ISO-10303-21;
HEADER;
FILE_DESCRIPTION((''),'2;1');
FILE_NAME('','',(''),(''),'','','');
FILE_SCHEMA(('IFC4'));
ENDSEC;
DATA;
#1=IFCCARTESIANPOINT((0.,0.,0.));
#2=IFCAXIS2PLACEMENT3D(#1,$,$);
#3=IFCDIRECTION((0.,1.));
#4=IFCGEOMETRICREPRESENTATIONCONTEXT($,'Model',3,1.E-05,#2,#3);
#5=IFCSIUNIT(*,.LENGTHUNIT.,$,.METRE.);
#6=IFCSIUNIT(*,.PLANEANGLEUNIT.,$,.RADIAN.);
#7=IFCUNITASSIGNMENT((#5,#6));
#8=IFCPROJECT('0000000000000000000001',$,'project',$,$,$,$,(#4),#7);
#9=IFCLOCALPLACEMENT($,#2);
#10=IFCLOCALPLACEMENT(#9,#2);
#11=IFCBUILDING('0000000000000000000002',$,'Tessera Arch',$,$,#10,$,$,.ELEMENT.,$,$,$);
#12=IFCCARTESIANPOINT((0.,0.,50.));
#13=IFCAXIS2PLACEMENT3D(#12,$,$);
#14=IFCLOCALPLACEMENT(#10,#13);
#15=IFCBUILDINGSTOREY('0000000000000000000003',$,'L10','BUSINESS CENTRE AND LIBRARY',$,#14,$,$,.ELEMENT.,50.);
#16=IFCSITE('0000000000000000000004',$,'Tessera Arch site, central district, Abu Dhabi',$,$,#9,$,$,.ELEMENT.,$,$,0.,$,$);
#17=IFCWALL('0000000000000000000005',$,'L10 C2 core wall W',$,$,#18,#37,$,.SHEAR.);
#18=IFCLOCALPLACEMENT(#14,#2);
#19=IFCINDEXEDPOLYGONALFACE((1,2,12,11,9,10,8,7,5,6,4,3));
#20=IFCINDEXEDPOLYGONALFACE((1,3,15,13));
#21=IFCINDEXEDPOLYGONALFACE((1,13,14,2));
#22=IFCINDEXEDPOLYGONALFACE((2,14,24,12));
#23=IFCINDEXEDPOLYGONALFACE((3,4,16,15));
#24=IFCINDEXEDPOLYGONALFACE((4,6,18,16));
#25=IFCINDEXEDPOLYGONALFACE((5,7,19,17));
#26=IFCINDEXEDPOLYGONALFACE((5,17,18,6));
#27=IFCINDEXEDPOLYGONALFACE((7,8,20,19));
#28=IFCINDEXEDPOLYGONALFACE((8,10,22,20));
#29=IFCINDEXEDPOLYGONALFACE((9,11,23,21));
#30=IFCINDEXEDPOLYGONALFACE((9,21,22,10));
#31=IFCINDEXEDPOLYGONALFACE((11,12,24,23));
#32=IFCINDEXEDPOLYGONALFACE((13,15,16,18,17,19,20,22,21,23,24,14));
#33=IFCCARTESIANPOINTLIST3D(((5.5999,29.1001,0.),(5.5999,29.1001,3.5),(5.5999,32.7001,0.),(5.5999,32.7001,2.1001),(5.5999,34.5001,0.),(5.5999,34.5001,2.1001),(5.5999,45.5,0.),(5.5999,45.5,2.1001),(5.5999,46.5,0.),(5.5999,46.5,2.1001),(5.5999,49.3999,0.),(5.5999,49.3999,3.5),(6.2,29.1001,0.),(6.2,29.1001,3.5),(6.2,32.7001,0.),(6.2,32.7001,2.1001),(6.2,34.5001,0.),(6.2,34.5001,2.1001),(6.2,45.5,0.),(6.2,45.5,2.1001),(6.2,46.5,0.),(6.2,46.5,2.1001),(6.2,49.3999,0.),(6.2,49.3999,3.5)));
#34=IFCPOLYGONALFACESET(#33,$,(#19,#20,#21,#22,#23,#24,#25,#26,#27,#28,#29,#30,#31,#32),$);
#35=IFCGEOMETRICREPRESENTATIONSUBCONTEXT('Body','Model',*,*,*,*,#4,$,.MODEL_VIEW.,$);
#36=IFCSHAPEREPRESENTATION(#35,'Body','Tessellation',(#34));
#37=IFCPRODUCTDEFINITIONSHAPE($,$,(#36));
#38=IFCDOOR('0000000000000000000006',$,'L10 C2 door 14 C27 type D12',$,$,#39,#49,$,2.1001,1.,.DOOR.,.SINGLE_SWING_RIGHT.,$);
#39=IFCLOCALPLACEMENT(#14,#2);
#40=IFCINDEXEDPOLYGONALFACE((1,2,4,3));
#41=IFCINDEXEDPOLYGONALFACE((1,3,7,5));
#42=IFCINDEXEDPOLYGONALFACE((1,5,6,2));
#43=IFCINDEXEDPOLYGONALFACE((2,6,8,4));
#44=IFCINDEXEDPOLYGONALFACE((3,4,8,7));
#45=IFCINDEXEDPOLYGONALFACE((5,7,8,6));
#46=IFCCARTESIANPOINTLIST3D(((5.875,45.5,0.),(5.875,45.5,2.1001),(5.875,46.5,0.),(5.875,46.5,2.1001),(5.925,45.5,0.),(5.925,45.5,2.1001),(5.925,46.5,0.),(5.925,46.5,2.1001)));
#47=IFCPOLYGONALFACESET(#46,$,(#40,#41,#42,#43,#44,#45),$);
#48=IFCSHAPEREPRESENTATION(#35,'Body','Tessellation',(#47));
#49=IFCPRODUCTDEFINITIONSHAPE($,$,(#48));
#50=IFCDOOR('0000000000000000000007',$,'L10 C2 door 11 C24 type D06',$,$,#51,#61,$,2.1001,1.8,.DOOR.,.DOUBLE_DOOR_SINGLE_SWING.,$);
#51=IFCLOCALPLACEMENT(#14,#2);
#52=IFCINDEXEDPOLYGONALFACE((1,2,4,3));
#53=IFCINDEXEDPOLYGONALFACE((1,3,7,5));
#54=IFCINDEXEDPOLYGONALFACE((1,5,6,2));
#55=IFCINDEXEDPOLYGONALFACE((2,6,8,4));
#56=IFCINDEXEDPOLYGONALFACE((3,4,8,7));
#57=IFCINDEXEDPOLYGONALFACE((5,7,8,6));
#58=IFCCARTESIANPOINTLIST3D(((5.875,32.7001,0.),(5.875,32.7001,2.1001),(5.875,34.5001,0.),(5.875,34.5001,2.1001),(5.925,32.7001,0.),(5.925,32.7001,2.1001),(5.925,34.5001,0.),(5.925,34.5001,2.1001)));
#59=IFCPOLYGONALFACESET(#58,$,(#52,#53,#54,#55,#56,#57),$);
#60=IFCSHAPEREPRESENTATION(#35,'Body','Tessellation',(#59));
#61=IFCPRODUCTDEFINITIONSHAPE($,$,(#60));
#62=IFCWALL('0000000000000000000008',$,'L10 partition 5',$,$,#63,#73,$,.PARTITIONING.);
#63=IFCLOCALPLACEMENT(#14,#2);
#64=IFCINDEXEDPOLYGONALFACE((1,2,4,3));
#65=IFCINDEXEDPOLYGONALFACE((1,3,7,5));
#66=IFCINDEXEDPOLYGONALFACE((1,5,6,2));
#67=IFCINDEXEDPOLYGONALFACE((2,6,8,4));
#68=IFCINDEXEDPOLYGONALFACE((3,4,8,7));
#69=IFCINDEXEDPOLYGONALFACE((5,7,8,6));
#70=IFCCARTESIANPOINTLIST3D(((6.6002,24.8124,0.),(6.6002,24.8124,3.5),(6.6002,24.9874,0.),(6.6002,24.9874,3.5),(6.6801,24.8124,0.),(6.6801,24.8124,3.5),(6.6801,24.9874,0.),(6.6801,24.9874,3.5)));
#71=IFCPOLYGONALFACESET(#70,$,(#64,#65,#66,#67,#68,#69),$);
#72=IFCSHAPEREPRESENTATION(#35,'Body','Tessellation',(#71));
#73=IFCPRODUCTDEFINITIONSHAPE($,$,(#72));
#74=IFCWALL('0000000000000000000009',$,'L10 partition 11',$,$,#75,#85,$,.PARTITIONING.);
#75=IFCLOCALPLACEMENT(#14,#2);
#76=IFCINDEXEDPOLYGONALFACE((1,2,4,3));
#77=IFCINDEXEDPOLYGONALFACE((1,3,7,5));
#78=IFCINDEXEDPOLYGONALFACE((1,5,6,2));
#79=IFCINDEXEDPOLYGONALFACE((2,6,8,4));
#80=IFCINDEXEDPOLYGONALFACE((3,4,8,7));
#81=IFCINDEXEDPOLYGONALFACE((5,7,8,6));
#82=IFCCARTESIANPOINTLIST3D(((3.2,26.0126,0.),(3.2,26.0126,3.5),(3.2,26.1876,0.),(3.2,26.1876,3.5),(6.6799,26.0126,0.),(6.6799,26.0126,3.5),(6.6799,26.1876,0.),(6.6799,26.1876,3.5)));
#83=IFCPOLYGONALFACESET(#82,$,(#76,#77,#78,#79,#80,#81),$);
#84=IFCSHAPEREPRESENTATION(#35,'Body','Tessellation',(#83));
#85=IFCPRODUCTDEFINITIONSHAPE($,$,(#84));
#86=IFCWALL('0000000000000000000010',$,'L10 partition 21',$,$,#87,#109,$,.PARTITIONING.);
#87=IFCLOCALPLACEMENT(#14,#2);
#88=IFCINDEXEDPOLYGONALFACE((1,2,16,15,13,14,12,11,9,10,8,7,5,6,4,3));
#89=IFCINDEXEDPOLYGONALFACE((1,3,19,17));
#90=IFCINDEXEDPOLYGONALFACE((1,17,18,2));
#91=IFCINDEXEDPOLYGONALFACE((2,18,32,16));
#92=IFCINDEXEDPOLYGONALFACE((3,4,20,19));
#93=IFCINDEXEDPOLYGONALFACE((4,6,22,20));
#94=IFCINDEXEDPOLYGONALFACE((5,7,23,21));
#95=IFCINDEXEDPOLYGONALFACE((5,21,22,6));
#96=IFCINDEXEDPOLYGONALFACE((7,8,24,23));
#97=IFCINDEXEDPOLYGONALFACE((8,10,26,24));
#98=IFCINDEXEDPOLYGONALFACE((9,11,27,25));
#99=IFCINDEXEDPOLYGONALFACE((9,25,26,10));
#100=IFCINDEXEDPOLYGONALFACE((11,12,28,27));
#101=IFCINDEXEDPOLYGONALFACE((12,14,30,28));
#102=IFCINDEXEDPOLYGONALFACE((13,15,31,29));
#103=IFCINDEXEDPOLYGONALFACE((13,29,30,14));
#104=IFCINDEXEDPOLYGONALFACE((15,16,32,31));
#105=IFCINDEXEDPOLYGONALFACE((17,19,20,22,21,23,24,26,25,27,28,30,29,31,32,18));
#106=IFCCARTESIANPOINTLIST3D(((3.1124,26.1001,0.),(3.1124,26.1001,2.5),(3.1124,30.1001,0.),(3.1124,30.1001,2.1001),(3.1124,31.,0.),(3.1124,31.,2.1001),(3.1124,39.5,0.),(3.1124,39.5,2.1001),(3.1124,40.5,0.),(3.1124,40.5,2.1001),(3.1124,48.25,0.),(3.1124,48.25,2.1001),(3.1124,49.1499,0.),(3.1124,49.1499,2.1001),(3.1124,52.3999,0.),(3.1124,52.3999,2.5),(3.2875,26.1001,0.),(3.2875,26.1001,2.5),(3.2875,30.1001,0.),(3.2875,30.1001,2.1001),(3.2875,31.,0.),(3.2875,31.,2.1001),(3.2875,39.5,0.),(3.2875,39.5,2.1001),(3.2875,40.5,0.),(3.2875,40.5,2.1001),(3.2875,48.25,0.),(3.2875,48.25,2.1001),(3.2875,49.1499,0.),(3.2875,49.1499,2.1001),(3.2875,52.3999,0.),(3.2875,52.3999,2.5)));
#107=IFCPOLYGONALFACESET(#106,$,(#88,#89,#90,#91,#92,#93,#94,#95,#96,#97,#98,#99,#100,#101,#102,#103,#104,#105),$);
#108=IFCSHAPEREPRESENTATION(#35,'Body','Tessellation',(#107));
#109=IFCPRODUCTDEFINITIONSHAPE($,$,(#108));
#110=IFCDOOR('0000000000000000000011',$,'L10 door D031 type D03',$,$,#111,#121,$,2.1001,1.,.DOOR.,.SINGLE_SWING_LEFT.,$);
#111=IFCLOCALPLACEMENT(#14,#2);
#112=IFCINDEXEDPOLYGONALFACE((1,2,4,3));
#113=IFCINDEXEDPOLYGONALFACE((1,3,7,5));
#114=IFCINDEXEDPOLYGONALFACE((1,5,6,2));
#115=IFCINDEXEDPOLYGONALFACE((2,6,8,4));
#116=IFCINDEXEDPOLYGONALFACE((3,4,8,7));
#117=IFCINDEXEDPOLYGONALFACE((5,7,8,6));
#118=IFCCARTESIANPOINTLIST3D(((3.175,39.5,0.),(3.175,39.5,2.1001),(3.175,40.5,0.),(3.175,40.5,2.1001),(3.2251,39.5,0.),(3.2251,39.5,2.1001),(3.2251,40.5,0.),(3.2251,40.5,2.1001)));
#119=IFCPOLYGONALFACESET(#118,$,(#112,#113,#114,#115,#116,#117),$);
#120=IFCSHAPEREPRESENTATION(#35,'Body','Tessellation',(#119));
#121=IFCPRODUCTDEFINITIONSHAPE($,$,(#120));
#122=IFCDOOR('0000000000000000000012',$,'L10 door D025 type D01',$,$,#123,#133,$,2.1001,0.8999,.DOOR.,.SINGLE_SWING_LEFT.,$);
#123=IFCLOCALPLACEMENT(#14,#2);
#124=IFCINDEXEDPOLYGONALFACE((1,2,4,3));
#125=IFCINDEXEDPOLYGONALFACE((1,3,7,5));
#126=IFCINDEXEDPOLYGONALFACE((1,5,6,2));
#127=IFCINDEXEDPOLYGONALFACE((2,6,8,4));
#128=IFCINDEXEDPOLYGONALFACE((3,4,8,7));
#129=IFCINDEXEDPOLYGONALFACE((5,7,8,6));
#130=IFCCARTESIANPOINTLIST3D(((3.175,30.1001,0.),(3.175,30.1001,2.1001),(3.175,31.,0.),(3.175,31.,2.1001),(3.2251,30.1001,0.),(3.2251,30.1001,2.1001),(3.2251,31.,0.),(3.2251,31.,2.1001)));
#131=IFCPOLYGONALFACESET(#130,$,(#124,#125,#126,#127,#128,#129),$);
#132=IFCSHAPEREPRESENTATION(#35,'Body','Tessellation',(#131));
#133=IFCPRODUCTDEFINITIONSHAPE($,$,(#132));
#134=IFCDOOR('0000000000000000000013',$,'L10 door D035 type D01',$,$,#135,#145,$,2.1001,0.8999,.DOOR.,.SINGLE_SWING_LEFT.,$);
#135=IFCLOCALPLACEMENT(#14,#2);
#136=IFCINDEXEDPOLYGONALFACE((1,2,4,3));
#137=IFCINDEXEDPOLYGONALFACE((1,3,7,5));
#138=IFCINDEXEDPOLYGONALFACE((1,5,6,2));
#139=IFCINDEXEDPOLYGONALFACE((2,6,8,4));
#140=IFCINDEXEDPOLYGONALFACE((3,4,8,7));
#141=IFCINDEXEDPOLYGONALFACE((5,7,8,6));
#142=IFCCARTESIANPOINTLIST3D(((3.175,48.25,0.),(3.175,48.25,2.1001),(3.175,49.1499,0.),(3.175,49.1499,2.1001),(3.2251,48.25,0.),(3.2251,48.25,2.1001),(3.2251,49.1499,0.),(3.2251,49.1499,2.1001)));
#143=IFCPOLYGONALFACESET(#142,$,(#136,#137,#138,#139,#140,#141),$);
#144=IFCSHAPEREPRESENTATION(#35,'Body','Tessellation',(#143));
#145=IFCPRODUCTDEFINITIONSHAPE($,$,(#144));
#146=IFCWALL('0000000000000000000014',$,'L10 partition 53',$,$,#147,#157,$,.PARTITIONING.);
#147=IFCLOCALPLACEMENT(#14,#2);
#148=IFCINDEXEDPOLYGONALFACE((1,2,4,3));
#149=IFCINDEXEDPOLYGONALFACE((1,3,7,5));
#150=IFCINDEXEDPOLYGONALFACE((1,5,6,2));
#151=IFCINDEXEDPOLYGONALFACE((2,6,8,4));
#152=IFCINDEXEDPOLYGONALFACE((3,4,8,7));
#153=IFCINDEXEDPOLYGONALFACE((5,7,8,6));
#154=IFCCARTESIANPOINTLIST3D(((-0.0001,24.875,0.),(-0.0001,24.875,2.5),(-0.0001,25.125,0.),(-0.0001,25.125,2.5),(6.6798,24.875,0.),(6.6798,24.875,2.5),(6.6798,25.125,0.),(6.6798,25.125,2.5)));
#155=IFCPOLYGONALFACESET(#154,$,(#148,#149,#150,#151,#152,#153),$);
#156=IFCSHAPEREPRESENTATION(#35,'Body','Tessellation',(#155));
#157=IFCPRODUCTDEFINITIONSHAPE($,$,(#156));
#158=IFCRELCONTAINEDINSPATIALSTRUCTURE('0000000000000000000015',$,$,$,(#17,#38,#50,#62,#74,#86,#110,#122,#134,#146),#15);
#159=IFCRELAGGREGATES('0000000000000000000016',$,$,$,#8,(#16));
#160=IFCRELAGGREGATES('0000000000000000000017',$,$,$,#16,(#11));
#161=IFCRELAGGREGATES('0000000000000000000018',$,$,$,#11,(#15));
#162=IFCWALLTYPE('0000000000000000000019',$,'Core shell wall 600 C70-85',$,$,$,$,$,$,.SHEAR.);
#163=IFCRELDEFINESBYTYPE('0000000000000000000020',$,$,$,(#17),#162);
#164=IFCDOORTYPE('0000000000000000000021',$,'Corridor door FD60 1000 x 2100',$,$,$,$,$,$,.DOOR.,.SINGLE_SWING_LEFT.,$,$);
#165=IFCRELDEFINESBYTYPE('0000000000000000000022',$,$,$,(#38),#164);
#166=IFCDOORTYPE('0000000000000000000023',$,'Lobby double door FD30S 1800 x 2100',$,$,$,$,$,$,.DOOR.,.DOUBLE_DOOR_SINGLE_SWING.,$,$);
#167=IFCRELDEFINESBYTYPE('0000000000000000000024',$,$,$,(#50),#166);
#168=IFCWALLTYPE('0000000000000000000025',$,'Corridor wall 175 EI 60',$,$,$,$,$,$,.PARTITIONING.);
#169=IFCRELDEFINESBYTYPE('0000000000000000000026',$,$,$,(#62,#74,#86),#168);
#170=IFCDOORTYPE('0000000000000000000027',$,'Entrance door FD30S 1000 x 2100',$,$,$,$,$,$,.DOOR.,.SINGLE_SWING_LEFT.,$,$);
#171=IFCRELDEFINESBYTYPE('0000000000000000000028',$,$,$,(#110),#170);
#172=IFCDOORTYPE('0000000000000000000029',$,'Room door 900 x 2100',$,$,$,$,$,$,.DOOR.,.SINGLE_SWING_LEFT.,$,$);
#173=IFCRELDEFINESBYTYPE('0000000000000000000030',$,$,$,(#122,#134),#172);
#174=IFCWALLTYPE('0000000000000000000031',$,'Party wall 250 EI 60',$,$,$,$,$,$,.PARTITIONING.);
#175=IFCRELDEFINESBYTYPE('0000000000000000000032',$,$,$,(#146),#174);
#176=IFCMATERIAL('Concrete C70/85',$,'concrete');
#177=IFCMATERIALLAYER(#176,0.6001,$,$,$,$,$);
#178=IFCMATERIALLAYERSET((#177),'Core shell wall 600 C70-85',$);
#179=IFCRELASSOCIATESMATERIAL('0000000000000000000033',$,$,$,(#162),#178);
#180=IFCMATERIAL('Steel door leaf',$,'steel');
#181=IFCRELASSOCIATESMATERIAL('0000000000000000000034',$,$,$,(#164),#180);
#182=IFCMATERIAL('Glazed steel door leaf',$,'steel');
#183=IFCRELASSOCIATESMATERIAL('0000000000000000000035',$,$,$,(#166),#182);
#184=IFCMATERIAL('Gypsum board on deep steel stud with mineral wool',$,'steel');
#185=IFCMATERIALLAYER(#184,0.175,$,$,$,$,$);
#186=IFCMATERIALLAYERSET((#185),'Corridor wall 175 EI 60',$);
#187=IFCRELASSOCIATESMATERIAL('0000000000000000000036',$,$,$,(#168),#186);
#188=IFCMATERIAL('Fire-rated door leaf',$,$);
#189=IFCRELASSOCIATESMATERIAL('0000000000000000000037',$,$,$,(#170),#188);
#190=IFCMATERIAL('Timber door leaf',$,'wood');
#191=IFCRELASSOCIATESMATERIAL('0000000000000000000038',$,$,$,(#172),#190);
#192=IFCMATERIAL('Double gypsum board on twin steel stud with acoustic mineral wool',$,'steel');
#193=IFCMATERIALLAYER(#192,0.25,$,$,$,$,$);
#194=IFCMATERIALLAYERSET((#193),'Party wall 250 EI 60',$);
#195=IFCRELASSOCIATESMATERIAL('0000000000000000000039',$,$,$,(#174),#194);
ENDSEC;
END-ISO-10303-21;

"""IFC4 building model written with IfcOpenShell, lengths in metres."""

from ifc_helpers import new_model, si_unit, direction, frame, frame_2d, origin, place, context, subcontext, project, spatial, rectangle, extrude, material, layer, layer_set, type_object, element, fill, save


model = new_model("IFC4")

# Units and contexts
model_context = context("Model", 3, precision=1e-05, world=origin(), true_north=direction((0.0, 1.0)))
body_context = subcontext(model_context, "Body", "Model", "MODEL_VIEW")
ifc_project = project(units=[si_unit("LENGTHUNIT", "METRE"), si_unit("PLANEANGLEUNIT", "RADIAN")], contexts=[model_context])

# Site, building, storey
site_placement = place(None, origin())
site = spatial("IfcSite", under=ifc_project, at=site_placement, Name="Tessera Arch site, central district, Abu Dhabi", CompositionType="ELEMENT", RefElevation=0.0)
building_placement = place(site_placement, origin())
building = spatial("IfcBuilding", under=site, at=building_placement, Name="Tessera Arch", CompositionType="ELEMENT")
storey_placement = place(building_placement, frame((0.0, 0.0, 50.0)))
storey = spatial("IfcBuildingStorey", under=building, at=storey_placement, Name="L10", Description="BUSINESS CENTRE AND LIBRARY", CompositionType="ELEMENT", Elevation=50.0)

# Wall, openings, doors
ifc_material_1 = material(Name="Concrete C70/85", Category="concrete")
ifc_layer_1 = layer(ifc_material_1, 0.6001)
ifc_layer_set_1 = layer_set([ifc_layer_1], Name="Core shell wall 600 C70-85")
wall_type_1 = type_object("IfcWallType", Name="Core shell wall 600 C70-85", PredefinedType="SHEAR", material=ifc_layer_set_1)
wall_1_placement = place(storey_placement, frame((5.8999, 29.1001, 0.0), z_axis=(0.0, 0.0, 1.0), x_axis=(0.0, 1.0, 0.0)))
wall_1 = element("IfcWall", 1, at=wall_1_placement, inside=storey, type_object=wall_type_1, Name="L10 C2 core wall W", PredefinedType="SHEAR", context=body_context, shape_type="SweptSolid", body=[
    extrude(rectangle(XDim=20.2998, YDim=0.6001, at=frame_2d((10.1499, 0.0))), origin(), (0.0, 0.0, 1.0), 3.5),
])
opening_1_placement = place(wall_1_placement, frame((3.6001, 0.0, 0.0)))
opening_1 = element("IfcOpeningElement", 2, at=opening_1_placement, cuts=wall_1, PredefinedType="OPENING", context=body_context, shape_type="SweptSolid", body=[
    extrude(rectangle(XDim=1.8, YDim=2.1001, at=frame_2d((0.8999, 1.05))), frame((0.0, 0.3101, 0.0), z_axis=(0.0, -1.0, 0.0), x_axis=(1.0, 0.0, 0.0)), (0.0, 0.0, 1.0), 0.6201),
])
opening_2_placement = place(wall_1_placement, frame((16.3999, 0.0, 0.0)))
opening_2 = element("IfcOpeningElement", 3, at=opening_2_placement, cuts=wall_1, PredefinedType="OPENING", context=body_context, shape_type="SweptSolid", body=[
    extrude(rectangle(XDim=1.0, YDim=2.1001, at=frame_2d((0.5, 1.05))), frame((0.0, 0.3101, 0.0), z_axis=(0.0, -1.0, 0.0), x_axis=(1.0, 0.0, 0.0)), (0.0, 0.0, 1.0), 0.6201),
])
ifc_material_2 = material(Name="Steel door leaf", Category="steel")
door_type_1 = type_object("IfcDoorType", Name="Corridor door FD60 1000 x 2100", OperationType="SINGLE_SWING_LEFT", PredefinedType="DOOR", material=ifc_material_2)
door_1_placement = place(opening_2_placement, origin())
door_1 = element("IfcDoor", 4, at=door_1_placement, inside=storey, type_object=door_type_1, Name="L10 C2 door 14 C27 type D12", OperationType="SINGLE_SWING_RIGHT", OverallHeight=2.1001, OverallWidth=1.0, PredefinedType="DOOR", context=body_context, shape_type="SweptSolid", body=[
    extrude(rectangle(XDim=1.0, YDim=2.1001, at=frame_2d((0.5, 1.05))), frame((0.0, 0.0249, 0.0), z_axis=(0.0, -1.0, 0.0), x_axis=(1.0, 0.0, 0.0)), (0.0, 0.0, 1.0), 0.05),
])
fill(opening_2, door_1)
ifc_material_3 = material(Name="Glazed steel door leaf", Category="steel")
door_type_2 = type_object("IfcDoorType", Name="Lobby double door FD30S 1800 x 2100", OperationType="DOUBLE_DOOR_SINGLE_SWING", PredefinedType="DOOR", material=ifc_material_3)
door_2_placement = place(opening_1_placement, origin())
door_2 = element("IfcDoor", 5, at=door_2_placement, inside=storey, type_object=door_type_2, Name="L10 C2 door 11 C24 type D06", OperationType="DOUBLE_DOOR_SINGLE_SWING", OverallHeight=2.1001, OverallWidth=1.8, PredefinedType="DOOR", context=body_context, shape_type="SweptSolid", body=[
    extrude(rectangle(XDim=1.8, YDim=2.1001, at=frame_2d((0.8999, 1.05))), frame((0.0, 0.0249, 0.0), z_axis=(0.0, -1.0, 0.0), x_axis=(1.0, 0.0, 0.0)), (0.0, 0.0, 1.0), 0.05),
])
fill(opening_1, door_2)

# Walls
ifc_material_4 = material(Name="Gypsum board on deep steel stud with mineral wool", Category="steel")
ifc_layer_2 = layer(ifc_material_4, 0.175)
ifc_layer_set_2 = layer_set([ifc_layer_2], Name="Corridor wall 175 EI 60")
wall_type_2 = type_object("IfcWallType", Name="Corridor wall 175 EI 60", PredefinedType="PARTITIONING", material=ifc_layer_set_2)
wall_2_placement = place(storey_placement, frame((6.6001, 24.8999, 0.0), z_axis=(0.0, 0.0, 1.0), x_axis=(1.0, 0.0, 0.0)))
element("IfcWall", 6, at=wall_2_placement, inside=storey, type_object=wall_type_2, Name="L10 partition 5", PredefinedType="PARTITIONING", context=body_context, shape_type="SweptSolid", body=[
    extrude(rectangle(XDim=0.0798, YDim=0.175, at=frame_2d((0.04, 0.0))), origin(), (0.0, 0.0, 1.0), 3.5),
])
wall_3_placement = place(storey_placement, frame((3.2, 26.1001, 0.0), z_axis=(0.0, 0.0, 1.0), x_axis=(1.0, 0.0, 0.0)))
element("IfcWall", 7, at=wall_3_placement, inside=storey, type_object=wall_type_2, Name="L10 partition 11", PredefinedType="PARTITIONING", context=body_context, shape_type="SweptSolid", body=[
    extrude(rectangle(XDim=3.48, YDim=0.175, at=frame_2d((1.74, 0.0))), origin(), (0.0, 0.0, 1.0), 3.5),
])

# Wall, openings, doors
wall_4_placement = place(storey_placement, frame((3.2, 26.1001, 0.0), z_axis=(0.0, 0.0, 1.0), x_axis=(0.0, 1.0, 0.0)))
wall_4 = element("IfcWall", 8, at=wall_4_placement, inside=storey, type_object=wall_type_2, Name="L10 partition 21", PredefinedType="PARTITIONING", context=body_context, shape_type="SweptSolid", body=[
    extrude(rectangle(XDim=26.2998, YDim=0.175, at=frame_2d((13.1499, 0.0))), origin(), (0.0, 0.0, 1.0), 2.5),
])
opening_3_placement = place(wall_4_placement, frame((4.0, 0.0, 0.0)))
opening_3 = element("IfcOpeningElement", 9, at=opening_3_placement, cuts=wall_4, PredefinedType="OPENING", context=body_context, shape_type="SweptSolid", body=[
    extrude(rectangle(XDim=0.8999, YDim=2.1001, at=frame_2d((0.45, 1.05))), frame((0.0, 0.0974, 0.0), z_axis=(0.0, -1.0, 0.0), x_axis=(1.0, 0.0, 0.0)), (0.0, 0.0, 1.0), 0.1951),
])
opening_4_placement = place(wall_4_placement, frame((13.3999, 0.0, 0.0)))
opening_4 = element("IfcOpeningElement", 10, at=opening_4_placement, cuts=wall_4, PredefinedType="OPENING", context=body_context, shape_type="SweptSolid", body=[
    extrude(rectangle(XDim=1.0, YDim=2.1001, at=frame_2d((0.5, 1.05))), frame((0.0, 0.0974, 0.0), z_axis=(0.0, -1.0, 0.0), x_axis=(1.0, 0.0, 0.0)), (0.0, 0.0, 1.0), 0.1951),
])
opening_5_placement = place(wall_4_placement, frame((22.1499, 0.0, 0.0)))
opening_5 = element("IfcOpeningElement", 11, at=opening_5_placement, cuts=wall_4, PredefinedType="OPENING", context=body_context, shape_type="SweptSolid", body=[
    extrude(rectangle(XDim=0.8999, YDim=2.1001, at=frame_2d((0.45, 1.05))), frame((0.0, 0.0974, 0.0), z_axis=(0.0, -1.0, 0.0), x_axis=(1.0, 0.0, 0.0)), (0.0, 0.0, 1.0), 0.1951),
])
ifc_material_5 = material(Name="Fire-rated door leaf")
door_type_3 = type_object("IfcDoorType", Name="Entrance door FD30S 1000 x 2100", OperationType="SINGLE_SWING_LEFT", PredefinedType="DOOR", material=ifc_material_5)
door_3_placement = place(opening_4_placement, origin())
door_3 = element("IfcDoor", 12, at=door_3_placement, inside=storey, type_object=door_type_3, Name="L10 door D031 type D03", OperationType="SINGLE_SWING_LEFT", OverallHeight=2.1001, OverallWidth=1.0, PredefinedType="DOOR", context=body_context, shape_type="SweptSolid", body=[
    extrude(rectangle(XDim=1.0, YDim=2.1001, at=frame_2d((0.5, 1.05))), frame((0.0, 0.0249, 0.0), z_axis=(0.0, -1.0, 0.0), x_axis=(1.0, 0.0, 0.0)), (0.0, 0.0, 1.0), 0.05),
])
fill(opening_4, door_3)
ifc_material_6 = material(Name="Timber door leaf", Category="wood")
door_type_4 = type_object("IfcDoorType", Name="Room door 900 x 2100", OperationType="SINGLE_SWING_LEFT", PredefinedType="DOOR", material=ifc_material_6)
door_4_placement = place(opening_3_placement, origin())
door_4 = element("IfcDoor", 13, at=door_4_placement, inside=storey, type_object=door_type_4, Name="L10 door D025 type D01", OperationType="SINGLE_SWING_LEFT", OverallHeight=2.1001, OverallWidth=0.8999, PredefinedType="DOOR", context=body_context, shape_type="SweptSolid", body=[
    extrude(rectangle(XDim=0.8999, YDim=2.1001, at=frame_2d((0.45, 1.05))), frame((0.0, 0.0249, 0.0), z_axis=(0.0, -1.0, 0.0), x_axis=(1.0, 0.0, 0.0)), (0.0, 0.0, 1.0), 0.05),
])
fill(opening_3, door_4)
door_5_placement = place(opening_5_placement, origin())
door_5 = element("IfcDoor", 14, at=door_5_placement, inside=storey, type_object=door_type_4, Name="L10 door D035 type D01", OperationType="SINGLE_SWING_LEFT", OverallHeight=2.1001, OverallWidth=0.8999, PredefinedType="DOOR", context=body_context, shape_type="SweptSolid", body=[
    extrude(rectangle(XDim=0.8999, YDim=2.1001, at=frame_2d((0.45, 1.05))), frame((0.0, 0.0249, 0.0), z_axis=(0.0, -1.0, 0.0), x_axis=(1.0, 0.0, 0.0)), (0.0, 0.0, 1.0), 0.05),
])
fill(opening_5, door_5)

# Wall
ifc_material_7 = material(Name="Double gypsum board on twin steel stud with acoustic mineral wool", Category="steel")
ifc_layer_3 = layer(ifc_material_7, 0.25)
ifc_layer_set_3 = layer_set([ifc_layer_3], Name="Party wall 250 EI 60")
wall_type_3 = type_object("IfcWallType", Name="Party wall 250 EI 60", PredefinedType="PARTITIONING", material=ifc_layer_set_3)
wall_5_placement = place(storey_placement, frame((0.0, 25.0, 0.0), z_axis=(0.0, 0.0, 1.0), x_axis=(1.0, 0.0, 0.0)))
element("IfcWall", 15, at=wall_5_placement, inside=storey, type_object=wall_type_3, Name="L10 partition 53", PredefinedType="PARTITIONING", context=body_context, shape_type="SweptSolid", body=[
    extrude(rectangle(XDim=6.6799, YDim=0.25, at=frame_2d((3.3398, 0.0))), origin(), (0.0, 0.0, 1.0), 2.5),
])

save(model, "model.ifc")
